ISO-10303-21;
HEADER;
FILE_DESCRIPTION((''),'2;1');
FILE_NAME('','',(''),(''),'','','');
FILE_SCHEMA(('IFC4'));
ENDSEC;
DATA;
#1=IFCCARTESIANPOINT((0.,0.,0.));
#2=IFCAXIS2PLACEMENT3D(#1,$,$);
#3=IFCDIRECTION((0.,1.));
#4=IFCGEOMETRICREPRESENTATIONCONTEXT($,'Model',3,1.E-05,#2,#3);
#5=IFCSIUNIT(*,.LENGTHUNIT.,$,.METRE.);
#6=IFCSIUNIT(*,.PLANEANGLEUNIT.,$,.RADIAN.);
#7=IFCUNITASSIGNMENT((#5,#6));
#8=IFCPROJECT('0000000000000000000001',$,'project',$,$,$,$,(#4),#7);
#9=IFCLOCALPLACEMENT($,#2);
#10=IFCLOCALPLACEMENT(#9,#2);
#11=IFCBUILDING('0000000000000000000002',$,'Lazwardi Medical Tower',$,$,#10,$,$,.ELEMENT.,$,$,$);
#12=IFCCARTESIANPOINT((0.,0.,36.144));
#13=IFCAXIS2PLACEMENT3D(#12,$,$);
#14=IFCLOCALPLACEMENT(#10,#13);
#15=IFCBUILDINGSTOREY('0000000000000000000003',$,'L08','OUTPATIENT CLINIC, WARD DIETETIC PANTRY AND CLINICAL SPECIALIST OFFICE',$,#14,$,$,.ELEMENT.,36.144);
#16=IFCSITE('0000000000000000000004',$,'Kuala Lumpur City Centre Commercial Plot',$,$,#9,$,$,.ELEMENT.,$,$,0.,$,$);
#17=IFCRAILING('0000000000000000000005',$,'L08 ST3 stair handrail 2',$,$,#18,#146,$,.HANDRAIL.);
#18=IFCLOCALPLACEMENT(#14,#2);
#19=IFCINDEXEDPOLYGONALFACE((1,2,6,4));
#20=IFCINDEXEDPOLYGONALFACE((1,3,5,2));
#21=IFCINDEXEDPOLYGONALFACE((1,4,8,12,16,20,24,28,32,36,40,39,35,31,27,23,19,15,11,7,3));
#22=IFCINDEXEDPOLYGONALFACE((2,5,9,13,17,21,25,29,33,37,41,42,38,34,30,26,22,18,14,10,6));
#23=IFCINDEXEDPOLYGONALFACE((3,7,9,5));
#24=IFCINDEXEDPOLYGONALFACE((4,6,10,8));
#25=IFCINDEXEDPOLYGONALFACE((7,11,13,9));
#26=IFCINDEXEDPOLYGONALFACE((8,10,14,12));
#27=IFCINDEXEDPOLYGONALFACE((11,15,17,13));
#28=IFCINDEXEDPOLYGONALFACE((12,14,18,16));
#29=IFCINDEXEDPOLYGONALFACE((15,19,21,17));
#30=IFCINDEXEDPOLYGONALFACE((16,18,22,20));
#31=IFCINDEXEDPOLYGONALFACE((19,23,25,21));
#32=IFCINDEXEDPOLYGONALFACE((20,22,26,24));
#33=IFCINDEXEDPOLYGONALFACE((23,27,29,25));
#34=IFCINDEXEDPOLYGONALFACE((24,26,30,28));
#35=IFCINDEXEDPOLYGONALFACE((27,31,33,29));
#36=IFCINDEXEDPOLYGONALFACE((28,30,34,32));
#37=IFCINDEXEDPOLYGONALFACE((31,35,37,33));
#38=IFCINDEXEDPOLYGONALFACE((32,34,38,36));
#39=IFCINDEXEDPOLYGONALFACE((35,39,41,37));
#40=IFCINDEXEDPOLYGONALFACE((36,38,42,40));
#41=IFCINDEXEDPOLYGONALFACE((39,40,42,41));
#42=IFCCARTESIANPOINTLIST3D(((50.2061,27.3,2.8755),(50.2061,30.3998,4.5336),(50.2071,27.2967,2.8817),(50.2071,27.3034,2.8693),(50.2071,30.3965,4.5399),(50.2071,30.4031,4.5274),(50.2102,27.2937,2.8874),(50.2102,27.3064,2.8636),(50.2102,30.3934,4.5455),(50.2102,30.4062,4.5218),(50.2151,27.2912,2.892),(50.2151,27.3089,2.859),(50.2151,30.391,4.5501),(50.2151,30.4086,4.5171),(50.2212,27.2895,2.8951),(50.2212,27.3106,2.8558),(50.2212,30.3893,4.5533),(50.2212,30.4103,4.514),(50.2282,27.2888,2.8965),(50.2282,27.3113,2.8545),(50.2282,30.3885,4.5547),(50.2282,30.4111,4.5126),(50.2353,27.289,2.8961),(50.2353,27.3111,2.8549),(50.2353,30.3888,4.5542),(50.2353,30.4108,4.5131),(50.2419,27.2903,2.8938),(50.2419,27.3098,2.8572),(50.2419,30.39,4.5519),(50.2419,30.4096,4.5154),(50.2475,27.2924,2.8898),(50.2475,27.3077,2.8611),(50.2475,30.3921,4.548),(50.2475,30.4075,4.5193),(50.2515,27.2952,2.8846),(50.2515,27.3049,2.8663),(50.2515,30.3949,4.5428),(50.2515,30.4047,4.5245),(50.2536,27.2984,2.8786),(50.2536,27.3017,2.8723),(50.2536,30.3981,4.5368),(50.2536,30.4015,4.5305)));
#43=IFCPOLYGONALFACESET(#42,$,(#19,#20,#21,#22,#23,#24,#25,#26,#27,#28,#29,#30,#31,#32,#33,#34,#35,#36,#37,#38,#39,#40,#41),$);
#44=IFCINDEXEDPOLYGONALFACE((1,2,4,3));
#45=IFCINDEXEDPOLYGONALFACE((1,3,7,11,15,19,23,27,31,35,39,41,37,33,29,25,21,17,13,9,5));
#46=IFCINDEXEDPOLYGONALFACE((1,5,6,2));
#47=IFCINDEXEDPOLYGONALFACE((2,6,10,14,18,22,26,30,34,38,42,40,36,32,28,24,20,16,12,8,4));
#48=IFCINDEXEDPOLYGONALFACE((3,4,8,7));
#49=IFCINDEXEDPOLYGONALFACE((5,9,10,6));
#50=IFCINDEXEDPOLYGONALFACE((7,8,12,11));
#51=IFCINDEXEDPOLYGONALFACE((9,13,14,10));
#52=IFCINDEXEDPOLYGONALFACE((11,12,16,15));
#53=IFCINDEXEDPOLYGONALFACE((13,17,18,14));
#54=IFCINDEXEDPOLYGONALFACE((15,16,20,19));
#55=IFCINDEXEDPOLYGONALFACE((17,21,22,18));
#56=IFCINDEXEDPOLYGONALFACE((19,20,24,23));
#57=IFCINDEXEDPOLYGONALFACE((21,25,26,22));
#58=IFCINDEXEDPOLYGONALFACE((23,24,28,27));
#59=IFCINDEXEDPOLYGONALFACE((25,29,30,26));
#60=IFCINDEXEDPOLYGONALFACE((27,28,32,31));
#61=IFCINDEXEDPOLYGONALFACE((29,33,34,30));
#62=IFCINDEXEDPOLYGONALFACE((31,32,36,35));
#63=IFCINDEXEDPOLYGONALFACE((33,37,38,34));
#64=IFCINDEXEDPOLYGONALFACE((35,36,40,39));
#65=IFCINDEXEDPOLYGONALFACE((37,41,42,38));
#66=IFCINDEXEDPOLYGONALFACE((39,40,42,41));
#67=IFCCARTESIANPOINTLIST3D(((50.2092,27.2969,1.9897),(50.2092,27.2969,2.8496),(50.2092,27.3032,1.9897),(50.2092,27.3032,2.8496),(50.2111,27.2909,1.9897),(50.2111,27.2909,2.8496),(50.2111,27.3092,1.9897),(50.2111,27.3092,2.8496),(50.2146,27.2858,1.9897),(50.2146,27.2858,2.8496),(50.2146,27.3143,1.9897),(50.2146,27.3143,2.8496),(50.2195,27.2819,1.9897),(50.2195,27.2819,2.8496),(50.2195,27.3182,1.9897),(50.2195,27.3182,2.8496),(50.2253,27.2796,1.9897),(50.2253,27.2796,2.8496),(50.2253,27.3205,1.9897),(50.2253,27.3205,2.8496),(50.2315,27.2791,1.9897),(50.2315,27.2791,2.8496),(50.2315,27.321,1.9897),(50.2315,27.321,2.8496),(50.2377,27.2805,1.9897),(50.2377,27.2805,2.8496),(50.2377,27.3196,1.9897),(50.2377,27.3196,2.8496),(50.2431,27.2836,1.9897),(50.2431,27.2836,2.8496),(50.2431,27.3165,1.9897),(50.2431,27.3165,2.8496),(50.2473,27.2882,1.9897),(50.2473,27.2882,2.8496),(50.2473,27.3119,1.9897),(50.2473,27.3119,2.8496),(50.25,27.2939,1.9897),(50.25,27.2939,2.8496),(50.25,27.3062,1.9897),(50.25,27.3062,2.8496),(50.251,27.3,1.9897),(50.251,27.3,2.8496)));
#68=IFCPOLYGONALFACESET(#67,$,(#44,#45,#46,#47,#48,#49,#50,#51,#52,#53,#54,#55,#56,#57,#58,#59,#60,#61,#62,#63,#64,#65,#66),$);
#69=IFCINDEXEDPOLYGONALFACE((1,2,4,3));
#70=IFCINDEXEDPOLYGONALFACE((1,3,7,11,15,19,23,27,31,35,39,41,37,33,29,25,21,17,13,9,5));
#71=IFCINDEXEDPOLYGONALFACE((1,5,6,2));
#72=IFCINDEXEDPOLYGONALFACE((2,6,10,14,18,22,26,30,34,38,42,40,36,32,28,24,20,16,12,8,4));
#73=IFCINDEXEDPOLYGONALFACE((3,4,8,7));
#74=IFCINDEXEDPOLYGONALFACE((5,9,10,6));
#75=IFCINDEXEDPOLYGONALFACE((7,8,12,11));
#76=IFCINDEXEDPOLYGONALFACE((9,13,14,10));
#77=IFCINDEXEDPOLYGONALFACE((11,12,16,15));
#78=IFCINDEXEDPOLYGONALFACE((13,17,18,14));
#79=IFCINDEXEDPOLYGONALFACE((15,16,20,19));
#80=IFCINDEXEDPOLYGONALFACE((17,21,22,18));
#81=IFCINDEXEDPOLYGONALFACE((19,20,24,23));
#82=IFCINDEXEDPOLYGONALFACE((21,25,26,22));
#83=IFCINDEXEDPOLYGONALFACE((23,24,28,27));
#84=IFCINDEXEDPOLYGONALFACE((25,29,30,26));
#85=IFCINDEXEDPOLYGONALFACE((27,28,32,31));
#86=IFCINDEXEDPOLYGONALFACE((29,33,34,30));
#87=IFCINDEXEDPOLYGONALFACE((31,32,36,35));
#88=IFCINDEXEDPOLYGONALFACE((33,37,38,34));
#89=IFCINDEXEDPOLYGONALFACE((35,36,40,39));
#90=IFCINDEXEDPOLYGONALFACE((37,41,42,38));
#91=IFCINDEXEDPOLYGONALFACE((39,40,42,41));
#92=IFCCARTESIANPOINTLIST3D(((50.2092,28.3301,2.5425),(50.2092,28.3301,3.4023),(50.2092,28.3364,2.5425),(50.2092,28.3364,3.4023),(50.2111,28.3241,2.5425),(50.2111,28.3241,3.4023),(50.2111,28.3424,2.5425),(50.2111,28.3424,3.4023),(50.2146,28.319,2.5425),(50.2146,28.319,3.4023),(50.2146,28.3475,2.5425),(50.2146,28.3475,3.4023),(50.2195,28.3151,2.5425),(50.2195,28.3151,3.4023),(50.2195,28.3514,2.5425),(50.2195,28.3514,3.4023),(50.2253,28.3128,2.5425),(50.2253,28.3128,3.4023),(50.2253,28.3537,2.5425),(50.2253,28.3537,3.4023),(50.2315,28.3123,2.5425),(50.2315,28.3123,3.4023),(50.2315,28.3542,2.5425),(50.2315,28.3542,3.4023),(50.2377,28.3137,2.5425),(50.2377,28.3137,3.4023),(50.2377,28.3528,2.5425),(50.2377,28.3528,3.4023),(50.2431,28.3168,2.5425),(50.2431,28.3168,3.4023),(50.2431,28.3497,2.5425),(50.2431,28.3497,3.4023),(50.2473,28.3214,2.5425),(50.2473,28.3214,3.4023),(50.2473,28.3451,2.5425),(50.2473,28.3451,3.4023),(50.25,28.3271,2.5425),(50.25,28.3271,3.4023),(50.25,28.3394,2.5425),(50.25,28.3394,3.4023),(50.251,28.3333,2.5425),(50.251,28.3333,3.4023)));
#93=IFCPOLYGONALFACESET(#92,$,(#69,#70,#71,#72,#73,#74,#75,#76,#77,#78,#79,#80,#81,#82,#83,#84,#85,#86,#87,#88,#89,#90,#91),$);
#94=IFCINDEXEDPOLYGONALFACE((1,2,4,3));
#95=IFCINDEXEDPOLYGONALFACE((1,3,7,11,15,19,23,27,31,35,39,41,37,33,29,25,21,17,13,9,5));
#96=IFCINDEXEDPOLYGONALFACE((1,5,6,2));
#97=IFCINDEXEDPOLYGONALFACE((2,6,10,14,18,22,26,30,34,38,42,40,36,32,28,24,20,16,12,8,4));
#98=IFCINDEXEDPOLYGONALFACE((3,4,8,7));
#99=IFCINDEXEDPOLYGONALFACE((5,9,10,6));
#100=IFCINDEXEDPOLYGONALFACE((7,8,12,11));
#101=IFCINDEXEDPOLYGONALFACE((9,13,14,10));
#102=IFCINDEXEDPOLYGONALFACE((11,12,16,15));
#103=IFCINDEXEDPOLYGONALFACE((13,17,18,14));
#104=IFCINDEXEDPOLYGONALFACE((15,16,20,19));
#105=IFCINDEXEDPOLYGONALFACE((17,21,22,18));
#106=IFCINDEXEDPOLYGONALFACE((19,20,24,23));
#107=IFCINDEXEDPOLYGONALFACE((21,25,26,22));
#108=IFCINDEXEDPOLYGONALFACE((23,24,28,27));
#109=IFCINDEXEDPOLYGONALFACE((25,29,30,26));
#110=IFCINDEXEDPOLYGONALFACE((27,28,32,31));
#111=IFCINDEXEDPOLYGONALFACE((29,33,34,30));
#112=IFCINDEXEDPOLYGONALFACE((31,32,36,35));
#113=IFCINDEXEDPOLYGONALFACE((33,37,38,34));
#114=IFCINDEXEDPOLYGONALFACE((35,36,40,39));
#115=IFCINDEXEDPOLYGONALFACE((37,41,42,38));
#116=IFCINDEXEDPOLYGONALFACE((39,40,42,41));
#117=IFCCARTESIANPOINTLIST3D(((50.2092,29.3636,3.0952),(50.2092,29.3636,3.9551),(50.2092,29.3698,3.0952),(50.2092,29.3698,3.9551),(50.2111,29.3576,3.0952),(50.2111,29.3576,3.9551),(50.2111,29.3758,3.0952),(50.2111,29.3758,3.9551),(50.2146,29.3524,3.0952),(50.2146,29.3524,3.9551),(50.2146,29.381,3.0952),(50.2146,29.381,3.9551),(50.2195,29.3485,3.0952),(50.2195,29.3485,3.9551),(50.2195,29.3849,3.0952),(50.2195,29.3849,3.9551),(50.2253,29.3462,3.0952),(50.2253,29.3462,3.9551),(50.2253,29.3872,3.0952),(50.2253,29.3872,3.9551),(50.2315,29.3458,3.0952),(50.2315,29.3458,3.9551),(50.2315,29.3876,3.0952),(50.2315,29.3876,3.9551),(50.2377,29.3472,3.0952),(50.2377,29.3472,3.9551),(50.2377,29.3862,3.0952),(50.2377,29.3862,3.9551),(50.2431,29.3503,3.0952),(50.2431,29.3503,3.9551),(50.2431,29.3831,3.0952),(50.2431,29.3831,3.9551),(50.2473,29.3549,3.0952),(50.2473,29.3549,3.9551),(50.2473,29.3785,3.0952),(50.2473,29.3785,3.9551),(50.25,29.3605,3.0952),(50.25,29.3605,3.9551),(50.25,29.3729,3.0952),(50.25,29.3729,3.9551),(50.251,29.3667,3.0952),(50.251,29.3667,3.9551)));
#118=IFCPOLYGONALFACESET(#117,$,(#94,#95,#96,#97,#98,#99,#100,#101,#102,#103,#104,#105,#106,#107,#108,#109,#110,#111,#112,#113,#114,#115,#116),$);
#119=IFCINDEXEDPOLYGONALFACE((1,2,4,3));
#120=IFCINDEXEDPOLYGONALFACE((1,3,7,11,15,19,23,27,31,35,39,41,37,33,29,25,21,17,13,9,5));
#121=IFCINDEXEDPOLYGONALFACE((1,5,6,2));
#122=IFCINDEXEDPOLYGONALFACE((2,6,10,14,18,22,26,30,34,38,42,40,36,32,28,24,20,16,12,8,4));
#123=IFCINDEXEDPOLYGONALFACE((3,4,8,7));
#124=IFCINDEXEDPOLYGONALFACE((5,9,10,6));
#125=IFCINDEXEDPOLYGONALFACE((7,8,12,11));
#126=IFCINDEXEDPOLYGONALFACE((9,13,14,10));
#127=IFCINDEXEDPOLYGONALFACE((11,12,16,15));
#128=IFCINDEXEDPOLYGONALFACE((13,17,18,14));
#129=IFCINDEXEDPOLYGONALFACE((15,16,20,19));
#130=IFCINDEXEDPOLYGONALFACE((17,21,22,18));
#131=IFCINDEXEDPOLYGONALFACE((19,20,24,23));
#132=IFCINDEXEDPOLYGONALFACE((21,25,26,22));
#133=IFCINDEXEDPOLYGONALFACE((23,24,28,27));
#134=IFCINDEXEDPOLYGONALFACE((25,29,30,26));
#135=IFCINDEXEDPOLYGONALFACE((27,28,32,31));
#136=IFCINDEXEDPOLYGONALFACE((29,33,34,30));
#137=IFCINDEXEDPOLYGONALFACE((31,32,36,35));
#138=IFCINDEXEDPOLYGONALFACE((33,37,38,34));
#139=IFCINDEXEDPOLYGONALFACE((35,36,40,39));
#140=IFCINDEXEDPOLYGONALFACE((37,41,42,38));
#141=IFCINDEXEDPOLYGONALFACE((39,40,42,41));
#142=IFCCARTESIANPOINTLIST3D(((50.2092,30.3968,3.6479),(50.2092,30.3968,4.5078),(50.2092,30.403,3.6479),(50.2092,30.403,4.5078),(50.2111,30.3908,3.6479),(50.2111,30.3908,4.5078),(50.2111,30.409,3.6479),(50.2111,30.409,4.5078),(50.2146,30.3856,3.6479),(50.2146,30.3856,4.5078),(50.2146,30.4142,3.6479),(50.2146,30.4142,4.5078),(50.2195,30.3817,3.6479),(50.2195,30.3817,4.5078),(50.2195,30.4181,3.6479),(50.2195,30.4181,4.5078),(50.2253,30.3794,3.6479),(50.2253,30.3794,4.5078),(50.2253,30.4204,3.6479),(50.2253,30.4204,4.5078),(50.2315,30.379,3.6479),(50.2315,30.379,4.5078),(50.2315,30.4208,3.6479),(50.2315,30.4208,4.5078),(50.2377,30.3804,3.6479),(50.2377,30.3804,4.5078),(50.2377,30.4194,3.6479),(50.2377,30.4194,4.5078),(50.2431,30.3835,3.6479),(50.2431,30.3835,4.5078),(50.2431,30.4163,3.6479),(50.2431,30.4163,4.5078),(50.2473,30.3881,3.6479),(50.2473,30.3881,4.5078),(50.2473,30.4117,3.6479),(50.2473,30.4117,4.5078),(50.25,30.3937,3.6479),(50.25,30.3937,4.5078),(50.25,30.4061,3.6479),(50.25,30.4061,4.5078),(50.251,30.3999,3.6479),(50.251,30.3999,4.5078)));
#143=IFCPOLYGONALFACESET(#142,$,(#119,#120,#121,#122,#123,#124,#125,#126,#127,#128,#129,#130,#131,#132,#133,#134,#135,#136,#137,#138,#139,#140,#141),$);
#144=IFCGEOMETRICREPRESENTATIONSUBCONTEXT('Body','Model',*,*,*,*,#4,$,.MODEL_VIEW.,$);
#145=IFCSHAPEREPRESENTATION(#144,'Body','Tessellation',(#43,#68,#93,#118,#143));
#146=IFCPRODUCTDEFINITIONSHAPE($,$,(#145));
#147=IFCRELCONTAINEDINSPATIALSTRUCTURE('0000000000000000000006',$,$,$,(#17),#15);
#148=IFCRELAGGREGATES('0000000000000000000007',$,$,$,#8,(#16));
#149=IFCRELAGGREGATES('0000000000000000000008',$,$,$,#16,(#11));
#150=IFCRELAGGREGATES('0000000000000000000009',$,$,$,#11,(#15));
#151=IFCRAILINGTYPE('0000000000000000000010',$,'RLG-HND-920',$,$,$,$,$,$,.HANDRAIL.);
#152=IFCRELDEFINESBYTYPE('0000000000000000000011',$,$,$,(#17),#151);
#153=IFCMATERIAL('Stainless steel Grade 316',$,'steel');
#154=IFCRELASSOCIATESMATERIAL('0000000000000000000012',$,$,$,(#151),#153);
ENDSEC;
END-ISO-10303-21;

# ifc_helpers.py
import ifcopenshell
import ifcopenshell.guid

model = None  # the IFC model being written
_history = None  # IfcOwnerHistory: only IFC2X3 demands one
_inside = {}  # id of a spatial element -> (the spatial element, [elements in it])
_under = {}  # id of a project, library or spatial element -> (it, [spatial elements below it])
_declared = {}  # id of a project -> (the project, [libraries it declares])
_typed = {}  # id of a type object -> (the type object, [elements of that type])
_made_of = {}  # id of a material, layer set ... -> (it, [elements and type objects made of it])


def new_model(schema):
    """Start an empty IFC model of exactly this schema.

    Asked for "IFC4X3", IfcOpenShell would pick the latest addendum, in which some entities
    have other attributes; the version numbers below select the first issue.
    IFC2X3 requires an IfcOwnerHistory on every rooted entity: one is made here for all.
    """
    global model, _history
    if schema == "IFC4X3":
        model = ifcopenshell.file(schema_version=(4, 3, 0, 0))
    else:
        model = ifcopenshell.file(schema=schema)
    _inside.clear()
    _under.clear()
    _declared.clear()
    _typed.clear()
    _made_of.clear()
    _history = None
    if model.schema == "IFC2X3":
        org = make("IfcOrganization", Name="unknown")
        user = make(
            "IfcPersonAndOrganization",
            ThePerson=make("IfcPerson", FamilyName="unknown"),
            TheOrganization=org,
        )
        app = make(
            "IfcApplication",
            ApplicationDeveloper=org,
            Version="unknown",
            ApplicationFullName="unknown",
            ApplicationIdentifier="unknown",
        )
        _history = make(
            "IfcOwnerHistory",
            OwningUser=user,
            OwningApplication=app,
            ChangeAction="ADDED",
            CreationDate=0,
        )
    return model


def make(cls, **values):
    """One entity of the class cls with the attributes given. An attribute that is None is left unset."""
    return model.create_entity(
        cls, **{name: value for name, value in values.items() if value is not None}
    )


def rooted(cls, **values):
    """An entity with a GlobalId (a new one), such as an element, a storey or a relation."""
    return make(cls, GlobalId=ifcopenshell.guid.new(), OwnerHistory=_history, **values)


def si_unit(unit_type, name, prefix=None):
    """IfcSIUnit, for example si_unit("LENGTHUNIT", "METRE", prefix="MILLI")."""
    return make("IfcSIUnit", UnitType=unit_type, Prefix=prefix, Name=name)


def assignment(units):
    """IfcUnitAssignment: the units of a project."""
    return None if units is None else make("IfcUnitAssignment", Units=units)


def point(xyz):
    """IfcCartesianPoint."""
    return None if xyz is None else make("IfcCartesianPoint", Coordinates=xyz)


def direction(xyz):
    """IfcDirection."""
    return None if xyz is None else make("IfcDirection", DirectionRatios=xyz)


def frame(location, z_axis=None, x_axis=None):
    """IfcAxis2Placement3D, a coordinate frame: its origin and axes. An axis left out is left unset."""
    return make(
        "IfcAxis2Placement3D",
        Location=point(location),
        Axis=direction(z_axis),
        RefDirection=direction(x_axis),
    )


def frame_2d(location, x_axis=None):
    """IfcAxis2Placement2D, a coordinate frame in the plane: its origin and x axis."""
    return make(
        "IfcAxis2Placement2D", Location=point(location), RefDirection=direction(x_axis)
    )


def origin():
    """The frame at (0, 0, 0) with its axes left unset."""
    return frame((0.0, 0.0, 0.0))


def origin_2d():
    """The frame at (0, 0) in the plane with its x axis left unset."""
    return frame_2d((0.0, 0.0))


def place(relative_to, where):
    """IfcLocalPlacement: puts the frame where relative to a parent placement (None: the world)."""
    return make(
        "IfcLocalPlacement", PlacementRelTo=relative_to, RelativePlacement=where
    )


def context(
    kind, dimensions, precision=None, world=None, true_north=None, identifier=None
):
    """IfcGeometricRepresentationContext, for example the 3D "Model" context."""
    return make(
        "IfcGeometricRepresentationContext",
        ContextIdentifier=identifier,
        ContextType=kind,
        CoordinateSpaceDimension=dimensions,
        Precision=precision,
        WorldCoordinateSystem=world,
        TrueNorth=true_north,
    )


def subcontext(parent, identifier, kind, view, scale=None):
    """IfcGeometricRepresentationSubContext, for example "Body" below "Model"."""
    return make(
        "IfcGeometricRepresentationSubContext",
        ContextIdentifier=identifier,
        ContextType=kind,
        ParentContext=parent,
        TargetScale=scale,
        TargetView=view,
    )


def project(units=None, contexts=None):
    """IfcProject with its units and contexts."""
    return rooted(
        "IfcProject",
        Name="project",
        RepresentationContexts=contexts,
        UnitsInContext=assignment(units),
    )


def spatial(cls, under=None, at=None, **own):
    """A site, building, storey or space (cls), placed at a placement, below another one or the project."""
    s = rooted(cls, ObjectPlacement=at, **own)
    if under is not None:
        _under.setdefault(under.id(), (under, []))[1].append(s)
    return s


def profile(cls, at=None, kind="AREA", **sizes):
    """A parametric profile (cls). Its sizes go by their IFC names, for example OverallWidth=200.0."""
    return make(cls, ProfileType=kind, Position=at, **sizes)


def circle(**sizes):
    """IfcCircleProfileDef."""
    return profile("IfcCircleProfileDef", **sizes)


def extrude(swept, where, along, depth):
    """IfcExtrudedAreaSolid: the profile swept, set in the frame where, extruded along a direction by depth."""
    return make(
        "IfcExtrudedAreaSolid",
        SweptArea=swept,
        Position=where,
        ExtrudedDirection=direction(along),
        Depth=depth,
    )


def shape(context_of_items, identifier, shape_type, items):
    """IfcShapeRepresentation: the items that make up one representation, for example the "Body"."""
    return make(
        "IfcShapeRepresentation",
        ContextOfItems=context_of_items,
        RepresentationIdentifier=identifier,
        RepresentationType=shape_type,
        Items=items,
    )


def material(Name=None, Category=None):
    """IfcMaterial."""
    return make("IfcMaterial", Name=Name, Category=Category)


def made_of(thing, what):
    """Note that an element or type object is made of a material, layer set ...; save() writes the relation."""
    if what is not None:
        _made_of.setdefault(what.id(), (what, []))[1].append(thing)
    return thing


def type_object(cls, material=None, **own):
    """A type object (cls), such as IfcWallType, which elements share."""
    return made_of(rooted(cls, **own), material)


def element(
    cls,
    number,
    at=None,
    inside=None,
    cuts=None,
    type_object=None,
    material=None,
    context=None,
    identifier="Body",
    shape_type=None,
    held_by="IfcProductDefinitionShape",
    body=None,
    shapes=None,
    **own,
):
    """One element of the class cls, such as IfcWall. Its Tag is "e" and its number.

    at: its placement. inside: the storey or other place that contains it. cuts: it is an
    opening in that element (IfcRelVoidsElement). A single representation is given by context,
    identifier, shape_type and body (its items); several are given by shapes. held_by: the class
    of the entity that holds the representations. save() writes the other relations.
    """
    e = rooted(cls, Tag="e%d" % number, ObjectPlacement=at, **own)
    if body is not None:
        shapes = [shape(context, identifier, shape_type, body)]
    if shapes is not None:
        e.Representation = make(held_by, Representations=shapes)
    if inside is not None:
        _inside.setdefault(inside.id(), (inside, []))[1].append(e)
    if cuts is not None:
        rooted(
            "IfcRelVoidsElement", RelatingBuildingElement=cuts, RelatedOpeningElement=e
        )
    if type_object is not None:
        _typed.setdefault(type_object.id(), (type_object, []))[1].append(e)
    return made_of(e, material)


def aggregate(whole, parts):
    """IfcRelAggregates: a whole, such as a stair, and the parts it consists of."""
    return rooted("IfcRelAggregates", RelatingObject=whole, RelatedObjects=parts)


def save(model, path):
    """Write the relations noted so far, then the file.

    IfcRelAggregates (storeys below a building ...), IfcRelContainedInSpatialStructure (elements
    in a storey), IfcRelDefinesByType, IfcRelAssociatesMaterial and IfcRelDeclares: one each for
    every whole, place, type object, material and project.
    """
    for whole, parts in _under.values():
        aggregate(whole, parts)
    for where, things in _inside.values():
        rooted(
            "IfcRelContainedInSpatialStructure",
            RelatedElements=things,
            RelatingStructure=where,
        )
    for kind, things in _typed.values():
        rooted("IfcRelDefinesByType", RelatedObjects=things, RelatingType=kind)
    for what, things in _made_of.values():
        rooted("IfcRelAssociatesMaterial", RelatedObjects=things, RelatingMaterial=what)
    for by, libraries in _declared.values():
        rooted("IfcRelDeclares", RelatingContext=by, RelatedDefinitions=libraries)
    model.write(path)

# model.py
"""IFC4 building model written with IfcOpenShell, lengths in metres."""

from ifc_helpers import new_model, si_unit, direction, frame, origin, origin_2d, place, context, subcontext, project, spatial, circle, extrude, material, type_object, element, save


model = new_model("IFC4")

# Units and contexts
model_context = context("Model", 3, precision=1e-05, world=origin(), true_north=direction((0.0, 1.0)))
body_context = subcontext(model_context, "Body", "Model", "MODEL_VIEW")
ifc_project = project(units=[si_unit("LENGTHUNIT", "METRE"), si_unit("PLANEANGLEUNIT", "RADIAN")], contexts=[model_context])

# Site, building, storey
site_placement = place(None, origin())
site = spatial("IfcSite", under=ifc_project, at=site_placement, Name="Kuala Lumpur City Centre Commercial Plot", CompositionType="ELEMENT", RefElevation=0.0)
building_placement = place(site_placement, origin())
building = spatial("IfcBuilding", under=site, at=building_placement, Name="Lazwardi Medical Tower", CompositionType="ELEMENT")
storey_placement = place(building_placement, frame((0.0, 0.0, 36.144)))
storey = spatial("IfcBuildingStorey", under=building, at=storey_placement, Name="L08", Description="OUTPATIENT CLINIC, WARD DIETETIC PANTRY AND CLINICAL SPECIALIST OFFICE", CompositionType="ELEMENT", Elevation=36.144)

# Railing
ifc_material_1 = material(Name="Stainless steel Grade 316", Category="steel")
railing_type_1 = type_object("IfcRailingType", Name="RLG-HND-920", PredefinedType="HANDRAIL", material=ifc_material_1)
railing_1_placement = place(storey_placement, frame((50.23, 27.3, 1.9897)))
element("IfcRailing", 1, at=railing_1_placement, inside=storey, type_object=railing_type_1, Name="L08 ST3 stair handrail 2", PredefinedType="HANDRAIL", context=body_context, shape_type="SweptSolid", body=[
    extrude(circle(Radius=0.0239, at=origin_2d()), frame((0.0, 0.0, 0.8857), z_axis=(0.0, 0.881768, 0.471684), x_axis=(-1.0, 0.0, 0.0)), (0.0, 0.0, 1.0), 3.5154),
    extrude(circle(Radius=0.021, at=origin_2d()), origin(), (0.0, 0.0, 1.0), 0.8599),
    extrude(circle(Radius=0.021, at=origin_2d()), frame((0.0, 1.0332, 0.5527)), (0.0, 0.0, 1.0), 0.8599),
    extrude(circle(Radius=0.021, at=origin_2d()), frame((0.0, 2.0667, 1.1055)), (0.0, 0.0, 1.0), 0.8599),
    extrude(circle(Radius=0.021, at=origin_2d()), frame((0.0, 3.0999, 1.6582)), (0.0, 0.0, 1.0), 0.8599),
])

save(model, "model.ifc")
